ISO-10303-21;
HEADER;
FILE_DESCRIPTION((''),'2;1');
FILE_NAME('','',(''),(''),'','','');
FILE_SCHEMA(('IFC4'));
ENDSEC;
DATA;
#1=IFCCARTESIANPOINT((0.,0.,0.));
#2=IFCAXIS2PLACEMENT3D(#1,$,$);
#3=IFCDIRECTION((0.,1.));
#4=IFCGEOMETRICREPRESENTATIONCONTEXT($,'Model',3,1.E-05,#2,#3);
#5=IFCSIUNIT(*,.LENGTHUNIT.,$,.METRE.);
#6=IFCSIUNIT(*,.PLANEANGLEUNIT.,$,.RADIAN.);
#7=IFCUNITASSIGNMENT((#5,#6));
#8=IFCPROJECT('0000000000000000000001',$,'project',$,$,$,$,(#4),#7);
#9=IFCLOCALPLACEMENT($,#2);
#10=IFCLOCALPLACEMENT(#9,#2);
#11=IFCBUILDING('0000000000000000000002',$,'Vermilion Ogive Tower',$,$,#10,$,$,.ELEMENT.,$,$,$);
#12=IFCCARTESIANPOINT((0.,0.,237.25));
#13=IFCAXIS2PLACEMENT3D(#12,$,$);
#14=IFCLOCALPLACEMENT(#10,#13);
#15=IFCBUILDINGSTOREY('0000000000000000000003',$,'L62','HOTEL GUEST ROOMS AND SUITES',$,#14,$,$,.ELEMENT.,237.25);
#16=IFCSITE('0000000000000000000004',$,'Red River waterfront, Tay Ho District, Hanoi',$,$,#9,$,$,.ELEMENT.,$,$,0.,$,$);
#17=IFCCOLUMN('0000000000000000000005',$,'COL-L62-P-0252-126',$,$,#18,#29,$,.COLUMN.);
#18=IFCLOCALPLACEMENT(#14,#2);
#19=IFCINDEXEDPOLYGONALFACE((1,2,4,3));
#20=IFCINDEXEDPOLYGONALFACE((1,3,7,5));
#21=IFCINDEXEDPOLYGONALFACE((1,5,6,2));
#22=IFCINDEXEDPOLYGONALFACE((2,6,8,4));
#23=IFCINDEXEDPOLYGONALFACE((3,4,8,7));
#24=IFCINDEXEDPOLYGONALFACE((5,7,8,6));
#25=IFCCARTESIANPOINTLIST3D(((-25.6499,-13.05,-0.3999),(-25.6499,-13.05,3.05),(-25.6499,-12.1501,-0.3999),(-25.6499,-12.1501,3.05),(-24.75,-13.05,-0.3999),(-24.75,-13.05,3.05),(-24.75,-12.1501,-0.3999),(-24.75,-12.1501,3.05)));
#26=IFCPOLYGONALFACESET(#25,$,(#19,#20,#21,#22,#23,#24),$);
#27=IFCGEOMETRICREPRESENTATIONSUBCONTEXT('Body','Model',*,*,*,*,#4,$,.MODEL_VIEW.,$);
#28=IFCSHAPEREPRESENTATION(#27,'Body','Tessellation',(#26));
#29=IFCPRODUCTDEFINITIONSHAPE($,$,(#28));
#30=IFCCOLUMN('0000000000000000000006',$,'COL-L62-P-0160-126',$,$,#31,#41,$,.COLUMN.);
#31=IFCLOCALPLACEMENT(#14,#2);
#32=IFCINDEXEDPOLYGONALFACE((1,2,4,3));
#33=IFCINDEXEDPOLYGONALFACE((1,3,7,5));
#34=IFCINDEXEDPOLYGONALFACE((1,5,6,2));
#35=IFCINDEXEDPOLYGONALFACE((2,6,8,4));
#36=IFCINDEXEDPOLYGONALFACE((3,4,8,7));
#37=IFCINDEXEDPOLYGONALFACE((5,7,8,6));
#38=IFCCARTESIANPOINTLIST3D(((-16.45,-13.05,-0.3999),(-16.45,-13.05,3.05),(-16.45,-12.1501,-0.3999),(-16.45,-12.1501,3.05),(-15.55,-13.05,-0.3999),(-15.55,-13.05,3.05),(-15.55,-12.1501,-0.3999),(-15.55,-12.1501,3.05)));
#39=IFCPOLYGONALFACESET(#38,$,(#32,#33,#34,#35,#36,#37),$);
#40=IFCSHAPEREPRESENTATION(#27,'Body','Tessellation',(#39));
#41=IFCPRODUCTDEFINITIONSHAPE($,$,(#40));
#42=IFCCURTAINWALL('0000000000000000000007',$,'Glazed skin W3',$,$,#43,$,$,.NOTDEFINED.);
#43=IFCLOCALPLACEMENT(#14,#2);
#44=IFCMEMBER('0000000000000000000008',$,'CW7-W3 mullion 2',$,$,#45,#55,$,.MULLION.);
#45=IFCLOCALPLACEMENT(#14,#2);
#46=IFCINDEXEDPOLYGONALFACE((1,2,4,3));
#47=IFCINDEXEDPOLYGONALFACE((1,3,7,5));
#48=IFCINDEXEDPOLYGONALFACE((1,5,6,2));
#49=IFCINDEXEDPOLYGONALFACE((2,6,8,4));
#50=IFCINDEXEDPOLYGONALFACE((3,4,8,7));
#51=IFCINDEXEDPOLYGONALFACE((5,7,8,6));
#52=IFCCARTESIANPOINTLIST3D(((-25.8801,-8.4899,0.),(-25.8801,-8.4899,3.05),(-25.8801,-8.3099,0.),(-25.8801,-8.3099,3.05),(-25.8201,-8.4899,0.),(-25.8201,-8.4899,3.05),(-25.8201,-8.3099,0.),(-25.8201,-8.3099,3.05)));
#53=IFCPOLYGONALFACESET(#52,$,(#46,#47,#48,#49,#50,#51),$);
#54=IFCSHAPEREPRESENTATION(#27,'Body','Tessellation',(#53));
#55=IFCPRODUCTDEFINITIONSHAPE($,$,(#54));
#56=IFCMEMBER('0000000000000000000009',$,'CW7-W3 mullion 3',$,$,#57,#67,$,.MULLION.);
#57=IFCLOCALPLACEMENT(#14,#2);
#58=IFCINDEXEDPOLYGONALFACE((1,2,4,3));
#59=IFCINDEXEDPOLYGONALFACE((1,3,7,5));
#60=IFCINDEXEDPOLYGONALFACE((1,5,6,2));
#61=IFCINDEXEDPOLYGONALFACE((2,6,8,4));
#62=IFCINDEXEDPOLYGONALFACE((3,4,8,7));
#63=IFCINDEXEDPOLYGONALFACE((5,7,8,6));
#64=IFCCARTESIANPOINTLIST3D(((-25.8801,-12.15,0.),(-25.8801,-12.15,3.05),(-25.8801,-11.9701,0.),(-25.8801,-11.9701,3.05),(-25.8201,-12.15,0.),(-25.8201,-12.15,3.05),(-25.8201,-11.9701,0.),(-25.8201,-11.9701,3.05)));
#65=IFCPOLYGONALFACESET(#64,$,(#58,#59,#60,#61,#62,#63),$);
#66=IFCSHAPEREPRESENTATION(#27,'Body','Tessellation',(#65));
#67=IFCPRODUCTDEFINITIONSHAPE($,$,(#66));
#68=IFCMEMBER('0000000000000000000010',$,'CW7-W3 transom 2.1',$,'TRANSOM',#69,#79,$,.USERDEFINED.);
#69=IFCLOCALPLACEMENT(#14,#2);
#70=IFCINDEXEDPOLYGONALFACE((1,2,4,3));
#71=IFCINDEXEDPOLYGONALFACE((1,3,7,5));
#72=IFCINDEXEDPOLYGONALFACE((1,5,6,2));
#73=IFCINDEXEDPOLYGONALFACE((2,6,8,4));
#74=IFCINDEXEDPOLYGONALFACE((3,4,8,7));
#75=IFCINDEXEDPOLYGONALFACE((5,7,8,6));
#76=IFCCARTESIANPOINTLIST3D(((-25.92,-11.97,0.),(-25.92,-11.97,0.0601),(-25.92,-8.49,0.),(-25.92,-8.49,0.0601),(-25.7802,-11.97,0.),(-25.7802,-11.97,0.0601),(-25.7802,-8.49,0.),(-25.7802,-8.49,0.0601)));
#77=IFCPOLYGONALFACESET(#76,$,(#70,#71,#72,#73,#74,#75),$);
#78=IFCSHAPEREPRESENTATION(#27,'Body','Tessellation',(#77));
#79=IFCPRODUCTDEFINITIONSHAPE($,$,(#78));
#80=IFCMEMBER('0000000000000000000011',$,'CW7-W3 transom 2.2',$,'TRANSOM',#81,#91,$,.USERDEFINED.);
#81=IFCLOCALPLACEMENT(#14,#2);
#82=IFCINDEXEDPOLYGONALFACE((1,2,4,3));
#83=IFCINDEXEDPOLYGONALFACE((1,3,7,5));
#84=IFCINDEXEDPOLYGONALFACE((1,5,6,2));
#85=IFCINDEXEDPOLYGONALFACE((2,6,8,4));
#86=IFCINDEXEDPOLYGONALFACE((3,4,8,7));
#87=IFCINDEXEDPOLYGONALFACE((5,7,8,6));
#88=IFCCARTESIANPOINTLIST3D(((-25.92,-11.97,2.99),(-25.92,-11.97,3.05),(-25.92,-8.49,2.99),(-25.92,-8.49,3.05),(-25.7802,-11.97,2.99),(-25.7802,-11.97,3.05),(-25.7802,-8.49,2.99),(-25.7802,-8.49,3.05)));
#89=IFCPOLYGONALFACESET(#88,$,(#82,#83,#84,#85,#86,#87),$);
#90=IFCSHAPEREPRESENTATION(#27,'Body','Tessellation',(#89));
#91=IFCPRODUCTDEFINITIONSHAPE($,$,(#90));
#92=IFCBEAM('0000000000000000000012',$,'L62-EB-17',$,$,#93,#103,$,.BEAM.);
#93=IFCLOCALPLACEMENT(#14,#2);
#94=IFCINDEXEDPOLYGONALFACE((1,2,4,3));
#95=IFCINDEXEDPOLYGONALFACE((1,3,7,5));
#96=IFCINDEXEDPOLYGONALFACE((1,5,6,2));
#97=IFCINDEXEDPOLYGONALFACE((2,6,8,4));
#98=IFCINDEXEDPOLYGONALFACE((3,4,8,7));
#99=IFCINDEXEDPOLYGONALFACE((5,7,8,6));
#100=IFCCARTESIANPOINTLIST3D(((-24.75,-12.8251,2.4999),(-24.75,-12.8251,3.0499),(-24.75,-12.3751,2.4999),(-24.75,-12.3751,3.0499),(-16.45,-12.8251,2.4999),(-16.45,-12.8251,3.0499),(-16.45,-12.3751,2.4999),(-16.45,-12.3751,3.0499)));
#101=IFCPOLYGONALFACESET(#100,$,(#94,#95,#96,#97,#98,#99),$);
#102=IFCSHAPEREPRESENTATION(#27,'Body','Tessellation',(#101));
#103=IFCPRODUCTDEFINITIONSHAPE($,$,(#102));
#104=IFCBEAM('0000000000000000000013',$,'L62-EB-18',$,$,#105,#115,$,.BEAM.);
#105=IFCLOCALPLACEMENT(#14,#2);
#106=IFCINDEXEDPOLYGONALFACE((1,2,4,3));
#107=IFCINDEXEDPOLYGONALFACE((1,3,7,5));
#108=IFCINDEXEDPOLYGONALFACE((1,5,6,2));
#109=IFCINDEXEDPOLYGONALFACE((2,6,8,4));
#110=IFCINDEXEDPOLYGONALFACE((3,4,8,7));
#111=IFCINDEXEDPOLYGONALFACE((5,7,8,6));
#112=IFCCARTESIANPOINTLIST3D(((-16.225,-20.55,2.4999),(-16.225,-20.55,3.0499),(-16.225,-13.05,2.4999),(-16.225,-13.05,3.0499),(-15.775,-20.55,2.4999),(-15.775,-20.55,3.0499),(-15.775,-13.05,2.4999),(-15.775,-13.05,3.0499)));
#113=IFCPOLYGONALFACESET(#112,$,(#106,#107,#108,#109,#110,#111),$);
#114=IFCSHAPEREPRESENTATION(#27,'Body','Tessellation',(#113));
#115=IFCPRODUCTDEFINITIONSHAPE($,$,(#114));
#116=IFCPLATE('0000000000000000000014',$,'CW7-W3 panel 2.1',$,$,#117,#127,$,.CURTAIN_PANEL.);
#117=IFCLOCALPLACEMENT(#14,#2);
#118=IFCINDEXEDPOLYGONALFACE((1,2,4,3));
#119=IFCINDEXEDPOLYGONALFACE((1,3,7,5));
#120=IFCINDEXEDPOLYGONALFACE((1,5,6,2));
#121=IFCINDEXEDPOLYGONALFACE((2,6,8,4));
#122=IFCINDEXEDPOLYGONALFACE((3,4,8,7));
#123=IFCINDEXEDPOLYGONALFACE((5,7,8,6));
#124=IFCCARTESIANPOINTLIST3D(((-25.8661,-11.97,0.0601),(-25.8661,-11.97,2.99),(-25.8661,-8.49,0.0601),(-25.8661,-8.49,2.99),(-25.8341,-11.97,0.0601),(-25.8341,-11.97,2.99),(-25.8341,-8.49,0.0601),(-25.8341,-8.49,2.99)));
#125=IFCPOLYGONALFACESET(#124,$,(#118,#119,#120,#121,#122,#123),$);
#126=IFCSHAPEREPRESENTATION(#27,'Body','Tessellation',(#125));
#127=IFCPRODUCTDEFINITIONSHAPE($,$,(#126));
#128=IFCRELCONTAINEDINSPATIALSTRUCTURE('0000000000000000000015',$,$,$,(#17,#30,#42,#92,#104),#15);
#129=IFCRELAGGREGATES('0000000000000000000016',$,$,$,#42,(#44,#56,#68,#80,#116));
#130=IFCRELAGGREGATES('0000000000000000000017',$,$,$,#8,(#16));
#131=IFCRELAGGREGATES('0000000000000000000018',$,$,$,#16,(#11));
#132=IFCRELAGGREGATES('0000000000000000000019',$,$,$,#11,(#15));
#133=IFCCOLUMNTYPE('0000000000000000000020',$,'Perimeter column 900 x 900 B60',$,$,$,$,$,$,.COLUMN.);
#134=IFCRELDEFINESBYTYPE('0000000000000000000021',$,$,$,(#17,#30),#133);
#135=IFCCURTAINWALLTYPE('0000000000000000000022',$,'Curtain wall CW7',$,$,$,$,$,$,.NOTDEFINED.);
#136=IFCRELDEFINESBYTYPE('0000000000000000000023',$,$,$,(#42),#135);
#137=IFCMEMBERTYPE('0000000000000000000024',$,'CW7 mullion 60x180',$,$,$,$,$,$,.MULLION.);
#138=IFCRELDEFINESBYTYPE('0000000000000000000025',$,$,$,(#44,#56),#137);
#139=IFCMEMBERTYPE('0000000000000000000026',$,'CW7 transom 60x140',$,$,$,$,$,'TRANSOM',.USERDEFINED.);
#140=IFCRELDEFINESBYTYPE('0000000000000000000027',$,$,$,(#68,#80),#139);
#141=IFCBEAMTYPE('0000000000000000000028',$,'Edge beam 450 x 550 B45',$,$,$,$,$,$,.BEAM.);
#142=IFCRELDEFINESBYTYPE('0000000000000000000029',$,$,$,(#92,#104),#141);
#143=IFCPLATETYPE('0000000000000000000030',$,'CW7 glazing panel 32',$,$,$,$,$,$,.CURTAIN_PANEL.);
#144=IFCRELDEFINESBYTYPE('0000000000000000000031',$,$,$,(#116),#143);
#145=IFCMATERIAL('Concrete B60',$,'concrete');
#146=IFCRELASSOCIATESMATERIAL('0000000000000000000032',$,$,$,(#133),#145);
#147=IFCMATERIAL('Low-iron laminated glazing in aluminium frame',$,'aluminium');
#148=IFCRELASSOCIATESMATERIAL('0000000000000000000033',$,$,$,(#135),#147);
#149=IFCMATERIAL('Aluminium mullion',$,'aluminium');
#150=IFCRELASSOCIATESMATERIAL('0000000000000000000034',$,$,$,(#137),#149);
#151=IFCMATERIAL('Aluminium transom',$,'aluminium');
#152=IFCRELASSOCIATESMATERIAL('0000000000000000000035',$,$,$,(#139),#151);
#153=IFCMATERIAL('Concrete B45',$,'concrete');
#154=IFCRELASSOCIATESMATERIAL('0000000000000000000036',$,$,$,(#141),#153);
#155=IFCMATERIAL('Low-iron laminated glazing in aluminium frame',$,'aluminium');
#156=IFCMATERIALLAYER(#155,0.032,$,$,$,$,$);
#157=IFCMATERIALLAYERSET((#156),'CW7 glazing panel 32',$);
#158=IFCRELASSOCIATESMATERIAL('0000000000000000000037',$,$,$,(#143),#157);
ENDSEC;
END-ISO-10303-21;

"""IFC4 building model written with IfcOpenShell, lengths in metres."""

from ifc_helpers import new_model, si_unit, direction, frame, origin, origin_2d, place, context, subcontext, project, spatial, rectangle, extrude, material, layer, layer_set, material_profile, profile_set, type_object, element, aggregate, save


model = new_model("IFC4")

# Units and contexts
model_context = context("Model", 3, precision=1e-05, world=origin(), true_north=direction((0.0, 1.0)))
body_context = subcontext(model_context, "Body", "Model", "MODEL_VIEW")
ifc_project = project(units=[si_unit("LENGTHUNIT", "METRE"), si_unit("PLANEANGLEUNIT", "RADIAN")], contexts=[model_context])

# Site, building, storey
site_placement = place(None, origin())
site = spatial("IfcSite", under=ifc_project, at=site_placement, Name="Red River waterfront, Tay Ho District, Hanoi", CompositionType="ELEMENT", RefElevation=0.0)
building_placement = place(site_placement, origin())
building = spatial("IfcBuilding", under=site, at=building_placement, Name="Vermilion Ogive Tower", CompositionType="ELEMENT")
storey_placement = place(building_placement, frame((0.0, 0.0, 237.25)))
storey = spatial("IfcBuildingStorey", under=building, at=storey_placement, Name="L62", Description="HOTEL GUEST ROOMS AND SUITES", CompositionType="ELEMENT", Elevation=237.25)

# Columns
ifc_material_1 = material(Name="Concrete B60", Category="concrete")
ifc_material_profile_1 = material_profile(ifc_material_1, rectangle(XDim=0.8999, YDim=0.8999, at=origin_2d()), Name="900 x 900")
ifc_profile_set_1 = profile_set([ifc_material_profile_1], Name="Concrete B60")
column_type = type_object("IfcColumnType", Name="Perimeter column 900 x 900 B60", PredefinedType="COLUMN", material=ifc_profile_set_1)
for number, where, z_axis, x_axis, name in (
    (1, (-25.2, -12.6001, -0.3999), (0.0, 0.0, 1.0), (1.0, 0.0, 0.0), "COL-L62-P-0252-126"),
    (2, (-16.0, -12.6001, -0.3999), (0.0, 0.0, 1.0), (1.0, 0.0, 0.0), "COL-L62-P-0160-126"),
):
    element("IfcColumn", number, at=place(storey_placement, frame(where, z_axis=z_axis, x_axis=x_axis)), inside=storey, type_object=column_type, Name=name, PredefinedType="COLUMN", context=body_context, shape_type="SweptSolid", body=[
        extrude(rectangle(XDim=0.8999, YDim=0.8999, at=origin_2d()), origin(), (0.0, 0.0, 1.0), 3.45),
    ])

# Curtain wall, members
ifc_material_2 = material(Name="Low-iron laminated glazing in aluminium frame", Category="aluminium")
curtain_wall_type = type_object("IfcCurtainWallType", Name="Curtain wall CW7", PredefinedType="NOTDEFINED", material=ifc_material_2)
curtain_wall_placement = place(storey_placement, origin())
curtain_wall = element("IfcCurtainWall", 3, at=curtain_wall_placement, inside=storey, type_object=curtain_wall_type, Name="Glazed skin W3", PredefinedType="NOTDEFINED")
ifc_material_3 = material(Name="Aluminium mullion", Category="aluminium")
ifc_material_profile_2 = material_profile(ifc_material_3, rectangle(XDim=0.0601, YDim=0.1799, at=origin_2d()), Name="AL 60x180")
ifc_profile_set_2 = profile_set([ifc_material_profile_2], Name="Aluminium mullion")
member_type_1 = type_object("IfcMemberType", Name="CW7 mullion 60x180", PredefinedType="MULLION", material=ifc_profile_set_2)
member_1_placement = place(storey_placement, frame((-25.8501, -8.3999, 0.0), z_axis=(0.0, 0.0, 1.0), x_axis=(1.0, 0.0, 0.0)))
member_1 = element("IfcMember", 4, at=member_1_placement, type_object=member_type_1, Name="CW7-W3 mullion 2", PredefinedType="MULLION", context=body_context, shape_type="SweptSolid", body=[
    extrude(rectangle(XDim=0.0601, YDim=0.1799, at=origin_2d()), origin(), (0.0, 0.0, 1.0), 3.05),
])
member_2_placement = place(storey_placement, frame((-25.8501, -12.0601, 0.0), z_axis=(0.0, 0.0, 1.0), x_axis=(1.0, 0.0, 0.0)))
member_2 = element("IfcMember", 5, at=member_2_placement, type_object=member_type_1, Name="CW7-W3 mullion 3", PredefinedType="MULLION", context=body_context, shape_type="SweptSolid", body=[
    extrude(rectangle(XDim=0.0601, YDim=0.1799, at=origin_2d()), origin(), (0.0, 0.0, 1.0), 3.05),
])
ifc_material_4 = material(Name="Aluminium transom", Category="aluminium")
ifc_material_profile_3 = material_profile(ifc_material_4, rectangle(XDim=0.1399, YDim=0.0601, at=origin_2d()), Name="AL 60x140")
ifc_profile_set_3 = profile_set([ifc_material_profile_3], Name="Aluminium transom")
member_type_2 = type_object("IfcMemberType", Name="CW7 transom 60x140", ElementType="TRANSOM", PredefinedType="USERDEFINED", material=ifc_profile_set_3)
member_3_placement = place(storey_placement, frame((-25.8501, -8.49, 0.03), z_axis=(0.0, -1.0, 0.0), x_axis=(1.0, 0.0, 0.0)))
member_3 = element("IfcMember", 6, at=member_3_placement, type_object=member_type_2, Name="CW7-W3 transom 2.1", ObjectType="TRANSOM", PredefinedType="USERDEFINED", context=body_context, shape_type="SweptSolid", body=[
    extrude(rectangle(XDim=0.1399, YDim=0.0601, at=origin_2d()), origin(), (0.0, 0.0, 1.0), 3.48),
])
member_4_placement = place(storey_placement, frame((-25.8501, -8.49, 3.02), z_axis=(0.0, -1.0, 0.0), x_axis=(1.0, 0.0, 0.0)))
member_4 = element("IfcMember", 7, at=member_4_placement, type_object=member_type_2, Name="CW7-W3 transom 2.2", ObjectType="TRANSOM", PredefinedType="USERDEFINED", context=body_context, shape_type="SweptSolid", body=[
    extrude(rectangle(XDim=0.1399, YDim=0.0601, at=origin_2d()), origin(), (0.0, 0.0, 1.0), 3.48),
])

# Beams
ifc_material_5 = material(Name="Concrete B45", Category="concrete")
ifc_material_profile_4 = material_profile(ifc_material_5, rectangle(XDim=0.45, YDim=0.55, at=origin_2d()), Name="450 x 550")
ifc_profile_set_4 = profile_set([ifc_material_profile_4], Name="Concrete B45")
beam_type = type_object("IfcBeamType", Name="Edge beam 450 x 550 B45", PredefinedType="BEAM", material=ifc_profile_set_4)
beam_1_placement = place(storey_placement, frame((-24.75, -12.6001, 2.7749), z_axis=(1.0, 0.0, 0.0), x_axis=(0.0, 1.0, 0.0)))
element("IfcBeam", 8, at=beam_1_placement, inside=storey, type_object=beam_type, Name="L62-EB-17", PredefinedType="BEAM", context=body_context, shape_type="SweptSolid", body=[
    extrude(rectangle(XDim=0.45, YDim=0.55, at=origin_2d()), origin(), (0.0, 0.0, 1.0), 8.3),
])
beam_2_placement = place(storey_placement, frame((-16.0, -13.05, 2.7749), z_axis=(0.0, -1.0, 0.0), x_axis=(1.0, 0.0, 0.0)))
element("IfcBeam", 9, at=beam_2_placement, inside=storey, type_object=beam_type, Name="L62-EB-18", PredefinedType="BEAM", context=body_context, shape_type="SweptSolid", body=[
    extrude(rectangle(XDim=0.45, YDim=0.55, at=origin_2d()), origin(), (0.0, 0.0, 1.0), 7.5),
])

# Plate
ifc_material_6 = material(Name="Low-iron laminated glazing in aluminium frame", Category="aluminium")
ifc_layer_1 = layer(ifc_material_6, 0.032)
ifc_layer_set_1 = layer_set([ifc_layer_1], Name="CW7 glazing panel 32")
plate_type = type_object("IfcPlateType", Name="CW7 glazing panel 32", PredefinedType="CURTAIN_PANEL", material=ifc_layer_set_1)
plate_placement = place(storey_placement, frame((-25.8501, -10.23, 0.0601), z_axis=(0.0, 0.0, 1.0), x_axis=(0.0, -1.0, 0.0)))
plate = element("IfcPlate", 10, at=plate_placement, type_object=plate_type, Name="CW7-W3 panel 2.1", PredefinedType="CURTAIN_PANEL", context=body_context, shape_type="SweptSolid", body=[
    extrude(rectangle(XDim=3.48, YDim=0.032, at=origin_2d()), origin(), (0.0, 0.0, 1.0), 2.9299),
])
aggregate(curtain_wall, [member_1, member_2, member_3, member_4, plate])

save(model, "model.ifc")
